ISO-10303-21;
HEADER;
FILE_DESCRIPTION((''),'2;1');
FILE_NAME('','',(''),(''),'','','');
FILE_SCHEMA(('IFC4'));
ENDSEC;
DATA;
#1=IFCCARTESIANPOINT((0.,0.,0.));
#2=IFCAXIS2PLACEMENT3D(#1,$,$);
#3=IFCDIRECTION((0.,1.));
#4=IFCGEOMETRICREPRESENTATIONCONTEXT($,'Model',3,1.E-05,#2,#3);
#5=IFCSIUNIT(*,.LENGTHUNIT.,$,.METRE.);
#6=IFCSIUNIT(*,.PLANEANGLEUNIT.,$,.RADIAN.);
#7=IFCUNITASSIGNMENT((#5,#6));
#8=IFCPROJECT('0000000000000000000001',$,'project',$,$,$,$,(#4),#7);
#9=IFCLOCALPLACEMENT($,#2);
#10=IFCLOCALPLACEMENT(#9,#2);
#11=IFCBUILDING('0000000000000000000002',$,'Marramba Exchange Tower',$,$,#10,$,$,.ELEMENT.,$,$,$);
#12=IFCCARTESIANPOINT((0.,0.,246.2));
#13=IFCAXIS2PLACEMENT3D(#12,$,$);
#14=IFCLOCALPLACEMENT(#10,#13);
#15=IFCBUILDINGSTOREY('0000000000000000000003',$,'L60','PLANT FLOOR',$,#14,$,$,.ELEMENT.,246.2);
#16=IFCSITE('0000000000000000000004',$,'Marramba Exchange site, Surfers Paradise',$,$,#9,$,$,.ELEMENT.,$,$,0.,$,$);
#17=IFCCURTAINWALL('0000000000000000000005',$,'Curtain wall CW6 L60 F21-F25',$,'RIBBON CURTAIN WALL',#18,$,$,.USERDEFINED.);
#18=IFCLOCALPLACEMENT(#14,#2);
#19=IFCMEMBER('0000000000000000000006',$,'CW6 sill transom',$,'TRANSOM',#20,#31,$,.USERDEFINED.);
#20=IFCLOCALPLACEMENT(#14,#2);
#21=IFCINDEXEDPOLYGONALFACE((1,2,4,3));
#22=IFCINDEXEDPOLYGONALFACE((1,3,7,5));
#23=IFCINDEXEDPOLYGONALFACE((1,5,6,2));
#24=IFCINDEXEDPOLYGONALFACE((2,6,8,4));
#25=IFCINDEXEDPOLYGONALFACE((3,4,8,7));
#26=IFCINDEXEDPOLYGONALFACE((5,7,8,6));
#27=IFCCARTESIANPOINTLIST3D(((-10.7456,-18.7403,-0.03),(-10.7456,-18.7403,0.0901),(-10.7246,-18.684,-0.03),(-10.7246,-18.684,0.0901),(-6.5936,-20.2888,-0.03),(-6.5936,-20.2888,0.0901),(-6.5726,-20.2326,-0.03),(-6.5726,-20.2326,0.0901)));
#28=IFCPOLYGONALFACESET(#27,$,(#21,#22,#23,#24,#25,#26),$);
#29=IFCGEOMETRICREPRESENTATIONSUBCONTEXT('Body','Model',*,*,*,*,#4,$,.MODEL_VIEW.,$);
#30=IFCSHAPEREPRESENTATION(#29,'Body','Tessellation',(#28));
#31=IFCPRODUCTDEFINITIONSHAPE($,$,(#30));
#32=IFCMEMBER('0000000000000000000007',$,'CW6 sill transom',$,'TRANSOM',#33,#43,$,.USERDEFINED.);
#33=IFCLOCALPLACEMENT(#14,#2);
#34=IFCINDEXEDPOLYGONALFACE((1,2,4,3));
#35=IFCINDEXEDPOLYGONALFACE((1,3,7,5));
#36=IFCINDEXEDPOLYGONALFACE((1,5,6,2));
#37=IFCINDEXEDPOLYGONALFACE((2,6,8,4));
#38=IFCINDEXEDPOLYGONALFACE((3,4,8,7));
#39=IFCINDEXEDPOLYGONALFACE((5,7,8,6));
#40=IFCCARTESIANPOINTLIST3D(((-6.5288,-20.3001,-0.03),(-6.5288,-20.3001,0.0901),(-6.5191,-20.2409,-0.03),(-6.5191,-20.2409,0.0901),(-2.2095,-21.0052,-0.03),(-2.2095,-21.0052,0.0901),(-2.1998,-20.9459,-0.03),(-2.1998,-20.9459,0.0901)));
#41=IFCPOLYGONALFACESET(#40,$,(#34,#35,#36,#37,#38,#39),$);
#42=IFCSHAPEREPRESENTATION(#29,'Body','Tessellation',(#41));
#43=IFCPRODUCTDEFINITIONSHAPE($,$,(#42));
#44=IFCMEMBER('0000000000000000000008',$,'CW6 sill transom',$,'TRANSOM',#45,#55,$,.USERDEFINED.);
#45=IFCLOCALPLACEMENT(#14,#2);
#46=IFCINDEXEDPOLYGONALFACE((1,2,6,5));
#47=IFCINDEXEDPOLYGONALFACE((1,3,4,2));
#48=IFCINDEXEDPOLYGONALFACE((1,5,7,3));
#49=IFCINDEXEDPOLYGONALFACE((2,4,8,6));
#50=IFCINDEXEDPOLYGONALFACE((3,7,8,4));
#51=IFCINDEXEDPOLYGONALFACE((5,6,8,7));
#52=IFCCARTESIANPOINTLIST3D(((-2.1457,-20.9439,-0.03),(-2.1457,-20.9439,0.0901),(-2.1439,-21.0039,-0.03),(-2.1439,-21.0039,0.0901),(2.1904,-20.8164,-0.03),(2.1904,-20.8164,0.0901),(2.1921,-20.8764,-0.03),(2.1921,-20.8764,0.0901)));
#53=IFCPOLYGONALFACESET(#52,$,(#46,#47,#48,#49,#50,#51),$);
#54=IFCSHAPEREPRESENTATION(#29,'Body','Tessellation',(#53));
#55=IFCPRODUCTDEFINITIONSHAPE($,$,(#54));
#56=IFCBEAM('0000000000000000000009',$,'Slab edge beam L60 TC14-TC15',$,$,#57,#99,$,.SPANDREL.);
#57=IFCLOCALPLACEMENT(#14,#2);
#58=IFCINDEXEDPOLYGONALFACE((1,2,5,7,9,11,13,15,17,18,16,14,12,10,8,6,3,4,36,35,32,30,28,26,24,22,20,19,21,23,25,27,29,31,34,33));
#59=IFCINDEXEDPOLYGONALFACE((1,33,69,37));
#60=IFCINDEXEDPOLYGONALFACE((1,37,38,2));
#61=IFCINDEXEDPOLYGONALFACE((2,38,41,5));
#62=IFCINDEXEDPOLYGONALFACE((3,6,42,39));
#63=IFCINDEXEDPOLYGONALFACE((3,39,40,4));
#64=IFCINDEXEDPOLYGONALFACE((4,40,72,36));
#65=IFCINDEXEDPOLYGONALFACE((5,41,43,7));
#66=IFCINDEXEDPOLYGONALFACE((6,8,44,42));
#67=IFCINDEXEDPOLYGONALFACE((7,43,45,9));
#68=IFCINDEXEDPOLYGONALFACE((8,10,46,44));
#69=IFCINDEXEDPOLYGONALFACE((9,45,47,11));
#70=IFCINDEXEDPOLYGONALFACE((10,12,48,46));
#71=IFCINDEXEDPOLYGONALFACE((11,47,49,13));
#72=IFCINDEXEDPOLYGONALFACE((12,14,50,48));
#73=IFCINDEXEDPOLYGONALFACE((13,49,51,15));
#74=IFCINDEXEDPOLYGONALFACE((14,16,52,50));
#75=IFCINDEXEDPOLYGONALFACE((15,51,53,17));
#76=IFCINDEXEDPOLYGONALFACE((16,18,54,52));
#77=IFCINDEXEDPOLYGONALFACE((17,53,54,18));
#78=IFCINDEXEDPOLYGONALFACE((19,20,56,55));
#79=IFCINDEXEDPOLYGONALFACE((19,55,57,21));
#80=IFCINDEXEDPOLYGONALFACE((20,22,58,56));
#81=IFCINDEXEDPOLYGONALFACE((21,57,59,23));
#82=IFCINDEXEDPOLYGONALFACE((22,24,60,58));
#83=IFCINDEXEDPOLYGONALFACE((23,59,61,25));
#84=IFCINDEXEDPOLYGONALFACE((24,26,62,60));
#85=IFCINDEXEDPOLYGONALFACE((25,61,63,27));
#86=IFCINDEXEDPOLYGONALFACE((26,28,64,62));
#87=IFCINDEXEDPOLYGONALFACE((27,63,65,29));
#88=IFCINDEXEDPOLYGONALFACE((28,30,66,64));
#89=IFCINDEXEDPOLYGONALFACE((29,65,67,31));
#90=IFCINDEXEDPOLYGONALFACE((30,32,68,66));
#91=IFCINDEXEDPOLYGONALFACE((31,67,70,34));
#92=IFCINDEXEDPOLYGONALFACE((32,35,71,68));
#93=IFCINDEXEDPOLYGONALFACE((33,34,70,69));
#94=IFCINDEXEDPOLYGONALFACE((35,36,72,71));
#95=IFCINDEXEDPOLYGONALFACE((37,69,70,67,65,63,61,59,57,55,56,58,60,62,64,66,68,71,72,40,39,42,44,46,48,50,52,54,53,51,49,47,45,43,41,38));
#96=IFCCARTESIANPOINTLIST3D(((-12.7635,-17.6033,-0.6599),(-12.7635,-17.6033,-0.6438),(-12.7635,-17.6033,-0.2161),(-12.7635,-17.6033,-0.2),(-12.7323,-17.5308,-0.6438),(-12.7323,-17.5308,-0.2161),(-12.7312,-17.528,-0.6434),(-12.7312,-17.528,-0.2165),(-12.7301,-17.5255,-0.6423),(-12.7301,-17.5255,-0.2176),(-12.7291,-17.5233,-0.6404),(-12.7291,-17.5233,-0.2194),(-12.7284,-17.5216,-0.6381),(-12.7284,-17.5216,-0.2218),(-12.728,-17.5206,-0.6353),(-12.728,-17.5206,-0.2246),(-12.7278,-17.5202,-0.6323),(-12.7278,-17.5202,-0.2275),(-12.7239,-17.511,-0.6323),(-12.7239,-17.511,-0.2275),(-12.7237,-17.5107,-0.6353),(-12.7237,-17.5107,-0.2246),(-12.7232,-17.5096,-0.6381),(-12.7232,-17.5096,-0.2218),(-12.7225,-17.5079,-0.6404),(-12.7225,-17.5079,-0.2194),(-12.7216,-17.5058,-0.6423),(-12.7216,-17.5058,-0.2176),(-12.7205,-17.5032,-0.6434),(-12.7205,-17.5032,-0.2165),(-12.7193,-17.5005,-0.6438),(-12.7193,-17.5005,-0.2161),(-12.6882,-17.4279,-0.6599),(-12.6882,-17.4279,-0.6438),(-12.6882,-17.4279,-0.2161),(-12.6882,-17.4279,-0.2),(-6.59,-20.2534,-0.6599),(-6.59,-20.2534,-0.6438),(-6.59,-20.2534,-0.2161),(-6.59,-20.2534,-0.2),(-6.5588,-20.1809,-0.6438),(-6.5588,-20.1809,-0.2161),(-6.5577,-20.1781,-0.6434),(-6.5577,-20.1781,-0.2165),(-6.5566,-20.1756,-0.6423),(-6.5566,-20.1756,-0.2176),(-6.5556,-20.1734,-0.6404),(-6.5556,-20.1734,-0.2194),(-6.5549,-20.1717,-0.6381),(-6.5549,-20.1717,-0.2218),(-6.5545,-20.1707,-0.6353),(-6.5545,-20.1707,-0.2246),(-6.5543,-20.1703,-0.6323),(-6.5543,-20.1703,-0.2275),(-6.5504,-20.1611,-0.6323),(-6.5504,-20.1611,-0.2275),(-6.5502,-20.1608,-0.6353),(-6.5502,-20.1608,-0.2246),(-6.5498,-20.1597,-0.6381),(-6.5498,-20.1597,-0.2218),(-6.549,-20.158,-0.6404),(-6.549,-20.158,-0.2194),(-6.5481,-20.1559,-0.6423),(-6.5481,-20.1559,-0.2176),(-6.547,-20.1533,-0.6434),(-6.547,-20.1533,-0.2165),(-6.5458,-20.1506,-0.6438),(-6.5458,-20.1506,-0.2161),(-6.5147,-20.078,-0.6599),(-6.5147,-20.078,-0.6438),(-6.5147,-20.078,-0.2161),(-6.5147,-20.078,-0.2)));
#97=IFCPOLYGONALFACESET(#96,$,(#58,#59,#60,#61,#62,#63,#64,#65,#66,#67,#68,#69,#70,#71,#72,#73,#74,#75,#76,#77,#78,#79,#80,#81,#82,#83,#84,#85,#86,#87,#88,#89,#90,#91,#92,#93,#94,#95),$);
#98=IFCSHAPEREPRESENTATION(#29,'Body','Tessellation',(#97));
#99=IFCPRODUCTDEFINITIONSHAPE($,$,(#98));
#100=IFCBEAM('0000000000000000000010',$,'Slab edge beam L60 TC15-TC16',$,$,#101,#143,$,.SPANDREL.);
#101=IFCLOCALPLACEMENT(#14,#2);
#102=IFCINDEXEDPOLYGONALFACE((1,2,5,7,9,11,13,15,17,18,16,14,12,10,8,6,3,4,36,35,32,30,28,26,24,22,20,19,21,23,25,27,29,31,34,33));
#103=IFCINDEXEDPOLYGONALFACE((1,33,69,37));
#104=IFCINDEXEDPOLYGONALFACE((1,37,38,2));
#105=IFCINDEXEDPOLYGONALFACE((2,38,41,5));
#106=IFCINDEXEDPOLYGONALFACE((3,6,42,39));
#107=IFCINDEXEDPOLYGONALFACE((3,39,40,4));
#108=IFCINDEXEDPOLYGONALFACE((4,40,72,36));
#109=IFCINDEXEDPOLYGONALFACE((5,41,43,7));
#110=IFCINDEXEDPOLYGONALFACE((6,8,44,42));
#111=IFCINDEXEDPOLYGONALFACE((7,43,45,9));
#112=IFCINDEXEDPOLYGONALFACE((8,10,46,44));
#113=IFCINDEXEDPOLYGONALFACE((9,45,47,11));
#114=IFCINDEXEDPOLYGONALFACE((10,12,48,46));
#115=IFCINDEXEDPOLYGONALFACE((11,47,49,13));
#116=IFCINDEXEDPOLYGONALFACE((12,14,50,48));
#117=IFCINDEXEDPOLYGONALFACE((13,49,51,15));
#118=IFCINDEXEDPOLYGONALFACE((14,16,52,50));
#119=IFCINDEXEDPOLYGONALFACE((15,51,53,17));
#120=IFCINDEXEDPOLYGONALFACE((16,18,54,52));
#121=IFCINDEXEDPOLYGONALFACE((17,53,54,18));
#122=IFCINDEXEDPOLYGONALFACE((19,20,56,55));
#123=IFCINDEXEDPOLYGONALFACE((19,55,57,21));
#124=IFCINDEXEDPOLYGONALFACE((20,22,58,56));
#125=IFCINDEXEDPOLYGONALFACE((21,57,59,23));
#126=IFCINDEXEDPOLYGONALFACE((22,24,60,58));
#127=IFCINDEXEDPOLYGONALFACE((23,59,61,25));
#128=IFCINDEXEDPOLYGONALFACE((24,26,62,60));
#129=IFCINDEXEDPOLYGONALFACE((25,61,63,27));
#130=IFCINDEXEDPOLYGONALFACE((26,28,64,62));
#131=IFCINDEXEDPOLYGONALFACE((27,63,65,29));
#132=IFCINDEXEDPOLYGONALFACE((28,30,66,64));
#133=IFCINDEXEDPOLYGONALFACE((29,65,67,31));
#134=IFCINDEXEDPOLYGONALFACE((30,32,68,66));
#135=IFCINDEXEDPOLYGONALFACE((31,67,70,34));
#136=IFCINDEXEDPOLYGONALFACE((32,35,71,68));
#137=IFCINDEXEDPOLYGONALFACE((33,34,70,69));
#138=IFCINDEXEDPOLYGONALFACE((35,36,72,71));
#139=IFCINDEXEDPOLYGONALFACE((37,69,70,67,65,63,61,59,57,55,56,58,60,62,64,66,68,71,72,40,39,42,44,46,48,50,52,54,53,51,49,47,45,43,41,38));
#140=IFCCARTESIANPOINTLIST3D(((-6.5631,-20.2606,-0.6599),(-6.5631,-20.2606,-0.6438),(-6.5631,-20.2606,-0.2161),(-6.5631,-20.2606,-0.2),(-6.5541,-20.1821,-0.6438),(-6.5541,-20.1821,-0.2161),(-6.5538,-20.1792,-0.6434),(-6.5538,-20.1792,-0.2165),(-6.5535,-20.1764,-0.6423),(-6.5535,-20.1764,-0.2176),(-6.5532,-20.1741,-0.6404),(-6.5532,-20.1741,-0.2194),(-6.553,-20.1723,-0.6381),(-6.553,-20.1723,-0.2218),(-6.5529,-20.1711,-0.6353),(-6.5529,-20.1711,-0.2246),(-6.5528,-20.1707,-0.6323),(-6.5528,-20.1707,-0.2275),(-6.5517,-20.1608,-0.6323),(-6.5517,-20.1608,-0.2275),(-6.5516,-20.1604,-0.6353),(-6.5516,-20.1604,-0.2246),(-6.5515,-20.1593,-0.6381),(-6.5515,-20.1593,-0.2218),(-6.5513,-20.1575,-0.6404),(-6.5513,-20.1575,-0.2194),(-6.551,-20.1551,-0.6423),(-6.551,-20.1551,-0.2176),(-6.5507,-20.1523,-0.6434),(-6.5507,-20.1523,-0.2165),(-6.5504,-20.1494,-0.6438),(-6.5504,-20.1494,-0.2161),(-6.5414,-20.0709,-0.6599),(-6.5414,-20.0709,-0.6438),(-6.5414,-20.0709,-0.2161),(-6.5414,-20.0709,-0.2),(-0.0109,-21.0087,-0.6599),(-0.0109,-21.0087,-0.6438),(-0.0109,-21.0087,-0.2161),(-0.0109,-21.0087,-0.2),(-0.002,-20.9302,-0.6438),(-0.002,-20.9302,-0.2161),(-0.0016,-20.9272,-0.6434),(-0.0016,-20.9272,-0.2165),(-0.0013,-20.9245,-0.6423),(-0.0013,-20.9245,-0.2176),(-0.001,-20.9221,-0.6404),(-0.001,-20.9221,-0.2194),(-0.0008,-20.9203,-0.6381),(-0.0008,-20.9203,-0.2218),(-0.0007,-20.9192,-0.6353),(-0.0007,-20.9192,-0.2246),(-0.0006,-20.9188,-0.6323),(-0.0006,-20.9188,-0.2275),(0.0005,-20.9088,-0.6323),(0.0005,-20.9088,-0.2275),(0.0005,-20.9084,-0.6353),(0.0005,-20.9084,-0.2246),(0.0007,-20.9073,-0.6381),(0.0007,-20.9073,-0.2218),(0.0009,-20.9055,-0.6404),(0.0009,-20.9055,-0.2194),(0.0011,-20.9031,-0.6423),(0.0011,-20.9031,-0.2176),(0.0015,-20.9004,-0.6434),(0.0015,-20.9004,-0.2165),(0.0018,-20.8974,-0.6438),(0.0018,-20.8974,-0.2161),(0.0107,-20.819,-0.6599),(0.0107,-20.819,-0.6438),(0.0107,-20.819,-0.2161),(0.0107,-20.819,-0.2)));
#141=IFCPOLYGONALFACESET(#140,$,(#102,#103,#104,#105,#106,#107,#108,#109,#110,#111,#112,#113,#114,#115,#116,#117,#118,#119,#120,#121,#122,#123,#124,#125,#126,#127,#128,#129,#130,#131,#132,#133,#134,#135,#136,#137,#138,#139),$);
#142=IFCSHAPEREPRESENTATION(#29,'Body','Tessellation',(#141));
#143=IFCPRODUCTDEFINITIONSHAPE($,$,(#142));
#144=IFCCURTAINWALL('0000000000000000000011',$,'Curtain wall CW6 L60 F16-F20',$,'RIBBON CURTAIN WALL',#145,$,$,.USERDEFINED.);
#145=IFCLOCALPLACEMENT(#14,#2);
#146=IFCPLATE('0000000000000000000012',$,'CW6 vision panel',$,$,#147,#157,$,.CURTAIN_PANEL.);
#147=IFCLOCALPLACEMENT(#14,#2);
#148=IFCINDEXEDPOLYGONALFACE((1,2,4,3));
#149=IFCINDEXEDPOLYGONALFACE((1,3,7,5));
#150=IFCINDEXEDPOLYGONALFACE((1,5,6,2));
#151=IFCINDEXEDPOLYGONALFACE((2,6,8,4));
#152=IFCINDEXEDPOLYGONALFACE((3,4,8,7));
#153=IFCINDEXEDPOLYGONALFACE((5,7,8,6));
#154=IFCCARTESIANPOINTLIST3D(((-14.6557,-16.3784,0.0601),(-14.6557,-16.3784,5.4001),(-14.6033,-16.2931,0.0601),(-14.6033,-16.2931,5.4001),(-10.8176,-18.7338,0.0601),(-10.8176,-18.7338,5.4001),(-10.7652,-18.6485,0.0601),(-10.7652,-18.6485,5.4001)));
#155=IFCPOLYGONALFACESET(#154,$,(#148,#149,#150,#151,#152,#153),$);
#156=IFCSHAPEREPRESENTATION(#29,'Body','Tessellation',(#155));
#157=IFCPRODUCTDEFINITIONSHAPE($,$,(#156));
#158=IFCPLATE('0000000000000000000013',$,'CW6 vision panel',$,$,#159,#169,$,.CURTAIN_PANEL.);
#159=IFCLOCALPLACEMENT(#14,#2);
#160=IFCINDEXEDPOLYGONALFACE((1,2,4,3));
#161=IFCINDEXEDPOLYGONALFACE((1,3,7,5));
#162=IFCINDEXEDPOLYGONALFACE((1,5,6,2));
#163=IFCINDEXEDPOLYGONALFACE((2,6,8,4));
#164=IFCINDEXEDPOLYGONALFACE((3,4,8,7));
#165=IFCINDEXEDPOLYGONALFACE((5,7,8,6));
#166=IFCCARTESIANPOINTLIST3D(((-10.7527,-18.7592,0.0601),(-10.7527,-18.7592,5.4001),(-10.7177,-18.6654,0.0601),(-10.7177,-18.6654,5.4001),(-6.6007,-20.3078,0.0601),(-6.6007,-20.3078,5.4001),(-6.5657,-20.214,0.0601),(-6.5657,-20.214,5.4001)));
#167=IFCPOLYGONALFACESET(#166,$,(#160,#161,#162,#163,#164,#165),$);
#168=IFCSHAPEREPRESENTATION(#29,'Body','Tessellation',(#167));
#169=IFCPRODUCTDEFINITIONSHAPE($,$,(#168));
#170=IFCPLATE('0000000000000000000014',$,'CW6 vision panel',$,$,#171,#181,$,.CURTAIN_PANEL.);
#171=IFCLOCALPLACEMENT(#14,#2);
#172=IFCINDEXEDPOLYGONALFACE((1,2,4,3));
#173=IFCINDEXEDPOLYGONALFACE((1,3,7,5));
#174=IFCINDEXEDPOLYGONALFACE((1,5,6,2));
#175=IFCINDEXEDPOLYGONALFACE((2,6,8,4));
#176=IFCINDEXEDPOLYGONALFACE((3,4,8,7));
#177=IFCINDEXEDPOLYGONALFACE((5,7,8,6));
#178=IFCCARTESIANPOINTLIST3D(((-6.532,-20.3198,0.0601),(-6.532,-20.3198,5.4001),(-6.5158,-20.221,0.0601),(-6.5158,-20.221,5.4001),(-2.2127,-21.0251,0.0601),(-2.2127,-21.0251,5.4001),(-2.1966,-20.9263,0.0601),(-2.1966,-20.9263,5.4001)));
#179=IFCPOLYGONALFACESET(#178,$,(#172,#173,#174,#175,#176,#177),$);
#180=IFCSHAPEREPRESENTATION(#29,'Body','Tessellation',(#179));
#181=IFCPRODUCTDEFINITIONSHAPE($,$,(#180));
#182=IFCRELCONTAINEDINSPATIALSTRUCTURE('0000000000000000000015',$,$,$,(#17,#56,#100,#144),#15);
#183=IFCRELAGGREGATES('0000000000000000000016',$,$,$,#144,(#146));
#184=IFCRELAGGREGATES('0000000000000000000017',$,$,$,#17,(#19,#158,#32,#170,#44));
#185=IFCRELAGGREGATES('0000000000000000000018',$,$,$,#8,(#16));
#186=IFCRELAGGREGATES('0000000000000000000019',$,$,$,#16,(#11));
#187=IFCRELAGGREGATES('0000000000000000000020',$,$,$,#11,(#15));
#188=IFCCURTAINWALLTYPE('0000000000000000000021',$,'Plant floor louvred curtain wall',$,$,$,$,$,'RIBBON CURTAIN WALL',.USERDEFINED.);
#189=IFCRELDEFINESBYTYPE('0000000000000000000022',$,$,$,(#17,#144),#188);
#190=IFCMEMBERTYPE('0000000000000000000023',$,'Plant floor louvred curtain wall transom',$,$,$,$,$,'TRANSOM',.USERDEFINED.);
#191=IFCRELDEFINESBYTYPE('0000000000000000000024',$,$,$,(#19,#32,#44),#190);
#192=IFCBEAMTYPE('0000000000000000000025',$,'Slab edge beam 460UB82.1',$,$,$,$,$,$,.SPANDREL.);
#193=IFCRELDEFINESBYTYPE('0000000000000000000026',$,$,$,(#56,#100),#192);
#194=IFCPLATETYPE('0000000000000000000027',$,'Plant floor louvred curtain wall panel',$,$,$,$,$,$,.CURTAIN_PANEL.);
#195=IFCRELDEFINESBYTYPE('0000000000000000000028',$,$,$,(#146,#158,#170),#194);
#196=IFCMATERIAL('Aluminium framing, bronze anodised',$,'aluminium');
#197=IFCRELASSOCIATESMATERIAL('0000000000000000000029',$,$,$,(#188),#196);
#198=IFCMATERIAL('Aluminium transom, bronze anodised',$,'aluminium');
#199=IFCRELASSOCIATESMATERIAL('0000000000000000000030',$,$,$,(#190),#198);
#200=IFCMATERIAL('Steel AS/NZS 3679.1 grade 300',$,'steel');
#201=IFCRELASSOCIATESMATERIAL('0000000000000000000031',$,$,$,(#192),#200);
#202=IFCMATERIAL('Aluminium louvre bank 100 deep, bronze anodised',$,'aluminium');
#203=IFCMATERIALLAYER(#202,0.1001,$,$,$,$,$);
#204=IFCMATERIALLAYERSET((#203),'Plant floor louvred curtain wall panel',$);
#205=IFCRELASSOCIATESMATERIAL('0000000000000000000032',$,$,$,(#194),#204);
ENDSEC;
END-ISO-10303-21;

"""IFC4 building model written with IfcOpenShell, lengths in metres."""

from ifc_helpers import new_model, si_unit, direction, frame, origin, origin_2d, place, context, subcontext, project, spatial, rectangle, i_section, extrude, material, layer, layer_set, material_profile, profile_set, type_object, element, aggregate, save


model = new_model("IFC4")

# Units and contexts
model_context = context("Model", 3, precision=1e-05, world=origin(), true_north=direction((0.0, 1.0)))
body_context = subcontext(model_context, "Body", "Model", "MODEL_VIEW")
ifc_project = project(units=[si_unit("LENGTHUNIT", "METRE"), si_unit("PLANEANGLEUNIT", "RADIAN")], contexts=[model_context])

# Site, building, storey
site_placement = place(None, origin())
site = spatial("IfcSite", under=ifc_project, at=site_placement, Name="Marramba Exchange site, Surfers Paradise", CompositionType="ELEMENT", RefElevation=0.0)
building_placement = place(site_placement, origin())
building = spatial("IfcBuilding", under=site, at=building_placement, Name="Marramba Exchange Tower", CompositionType="ELEMENT")
storey_placement = place(building_placement, frame((0.0, 0.0, 246.2)))
storey = spatial("IfcBuildingStorey", under=building, at=storey_placement, Name="L60", Description="PLANT FLOOR", CompositionType="ELEMENT", Elevation=246.2)

# Curtain wall, members
ifc_material_1 = material(Name="Aluminium framing, bronze anodised", Category="aluminium")
curtain_wall_type = type_object("IfcCurtainWallType", Name="Plant floor louvred curtain wall", ElementType="RIBBON CURTAIN WALL", PredefinedType="USERDEFINED", material=ifc_material_1)
curtain_wall_1_placement = place(storey_placement, origin())
curtain_wall_1 = element("IfcCurtainWall", 1, at=curtain_wall_1_placement, inside=storey, type_object=curtain_wall_type, Name="Curtain wall CW6 L60 F21-F25", ObjectType="RIBBON CURTAIN WALL", PredefinedType="USERDEFINED")
ifc_material_2 = material(Name="Aluminium transom, bronze anodised", Category="aluminium")
ifc_material_profile_1 = material_profile(ifc_material_2, rectangle(XDim=0.0601, YDim=0.1201, at=origin_2d()), Name="CW6 transom 60x120")
ifc_profile_set_1 = profile_set([ifc_material_profile_1], Name="Aluminium transom, bronze anodised")
member_type_1 = type_object("IfcMemberType", Name="Plant floor louvred curtain wall transom", ElementType="TRANSOM", PredefinedType="USERDEFINED", material=ifc_profile_set_1)
member_1_placement = place(storey_placement, frame((-10.7351, -18.7122, 0.03), z_axis=(0.936955, -0.34945, 0.0), x_axis=(0.34945, 0.936955, 0.0)))
member_1 = element("IfcMember", 2, at=member_1_placement, type_object=member_type_1, Name="CW6 sill transom", ObjectType="TRANSOM", PredefinedType="USERDEFINED", context=body_context, shape_type="SweptSolid", body=[
    extrude(rectangle(XDim=0.0601, YDim=0.1201, at=origin_2d()), origin(), (0.0, 0.0, 1.0), 4.4314),
])
member_2_placement = place(storey_placement, frame((-6.5239, -20.2705, 0.03), z_axis=(0.986937, -0.161105, 0.0), x_axis=(0.161105, 0.986937, 0.0)))
member_2 = element("IfcMember", 3, at=member_2_placement, type_object=member_type_1, Name="CW6 sill transom", ObjectType="TRANSOM", PredefinedType="USERDEFINED", context=body_context, shape_type="SweptSolid", body=[
    extrude(rectangle(XDim=0.0601, YDim=0.1201, at=origin_2d()), origin(), (0.0, 0.0, 1.0), 4.3765),
])
member_3_placement = place(storey_placement, frame((-2.1448, -20.9739, 0.03), z_axis=(0.999568, 0.029379, 0.0), x_axis=(-0.029379, 0.999568, 0.0)))
member_3 = element("IfcMember", 4, at=member_3_placement, type_object=member_type_1, Name="CW6 sill transom", ObjectType="TRANSOM", PredefinedType="USERDEFINED", context=body_context, shape_type="SweptSolid", body=[
    extrude(rectangle(XDim=0.0601, YDim=0.1201, at=origin_2d()), origin(), (0.0, 0.0, 1.0), 4.3379),
])

# Beams
ifc_material_3 = material(Name="Steel AS/NZS 3679.1 grade 300", Category="steel")
ifc_material_profile_2 = material_profile(ifc_material_3, i_section(OverallWidth=0.1909, OverallDepth=0.46, WebThickness=0.01, FlangeThickness=0.0161, FilletRadius=0.0115, at=origin_2d()), Name="460UB82.1")
ifc_profile_set_2 = profile_set([ifc_material_profile_2], Name="Steel AS/NZS 3679.1 grade 300")
beam_type_1 = type_object("IfcBeamType", Name="Slab edge beam 460UB82.1", PredefinedType="SPANDREL", material=ifc_profile_set_2)
beam_1_placement = place(storey_placement, frame((-12.7258, -17.5156, -0.4299), z_axis=(0.918912, -0.394463, 0.0), x_axis=(0.394463, 0.918912, 0.0)))
element("IfcBeam", 5, at=beam_1_placement, inside=storey, type_object=beam_type_1, Name="Slab edge beam L60 TC14-TC15", PredefinedType="SPANDREL", context=body_context, shape_type="SweptSolid", body=[
    extrude(i_section(OverallWidth=0.1909, OverallDepth=0.46, WebThickness=0.01, FlangeThickness=0.0161, FilletRadius=0.0115, at=origin_2d()), origin(), (0.0, 0.0, 1.0), 6.7183),
])
beam_2_placement = place(storey_placement, frame((-6.5522, -20.1658, -0.4299), z_axis=(0.993546, -0.11343, 0.0), x_axis=(0.11343, 0.993546, 0.0)))
element("IfcBeam", 6, at=beam_2_placement, inside=storey, type_object=beam_type_1, Name="Slab edge beam L60 TC15-TC16", PredefinedType="SPANDREL", context=body_context, shape_type="SweptSolid", body=[
    extrude(i_section(OverallWidth=0.1909, OverallDepth=0.46, WebThickness=0.01, FlangeThickness=0.0161, FilletRadius=0.0115, at=origin_2d()), origin(), (0.0, 0.0, 1.0), 6.5947),
])

# Curtain wall, plate
curtain_wall_2_placement = place(storey_placement, origin())
curtain_wall_2 = element("IfcCurtainWall", 7, at=curtain_wall_2_placement, inside=storey, type_object=curtain_wall_type, Name="Curtain wall CW6 L60 F16-F20", ObjectType="RIBBON CURTAIN WALL", PredefinedType="USERDEFINED")
ifc_material_4 = material(Name="Aluminium louvre bank 100 deep, bronze anodised", Category="aluminium")
ifc_layer = layer(ifc_material_4, 0.1001)
ifc_layer_set = layer_set([ifc_layer], Name="Plant floor louvred curtain wall panel")
plate_type = type_object("IfcPlateType", Name="Plant floor louvred curtain wall panel", PredefinedType="CURTAIN_PANEL", material=ifc_layer_set)
plate_1_placement = place(storey_placement, frame((-12.7104, -17.5134, 0.0601), z_axis=(0.0, 0.0, 1.0), x_axis=(0.852301, -0.523052, 0.0)))
plate_1 = element("IfcPlate", 8, at=plate_1_placement, type_object=plate_type, Name="CW6 vision panel", PredefinedType="CURTAIN_PANEL", context=body_context, shape_type="SweptSolid", body=[
    extrude(rectangle(XDim=4.5032, YDim=0.1001, at=origin_2d()), origin(), (0.0, 0.0, 1.0), 5.3401),
])
aggregate(curtain_wall_2, [plate_1])

# Plates
plate_2_placement = place(storey_placement, frame((-8.6592, -19.4866, 0.0601), z_axis=(0.0, 0.0, 1.0), x_axis=(0.936952, -0.349459, 0.0)))
plate_2 = element("IfcPlate", 9, at=plate_2_placement, type_object=plate_type, Name="CW6 vision panel", PredefinedType="CURTAIN_PANEL", context=body_context, shape_type="SweptSolid", body=[
    extrude(rectangle(XDim=4.4314, YDim=0.1001, at=origin_2d()), origin(), (0.0, 0.0, 1.0), 5.3401),
])
plate_3_placement = place(storey_placement, frame((-4.3643, -20.623, 0.0601), z_axis=(0.0, 0.0, 1.0), x_axis=(0.986931, -0.161146, 0.0)))
plate_3 = element("IfcPlate", 10, at=plate_3_placement, type_object=plate_type, Name="CW6 vision panel", PredefinedType="CURTAIN_PANEL", context=body_context, shape_type="SweptSolid", body=[
    extrude(rectangle(XDim=4.3765, YDim=0.1001, at=origin_2d()), origin(), (0.0, 0.0, 1.0), 5.3401),
])
aggregate(curtain_wall_1, [member_1, plate_2, member_2, plate_3, member_3])

save(model, "model.ifc")
